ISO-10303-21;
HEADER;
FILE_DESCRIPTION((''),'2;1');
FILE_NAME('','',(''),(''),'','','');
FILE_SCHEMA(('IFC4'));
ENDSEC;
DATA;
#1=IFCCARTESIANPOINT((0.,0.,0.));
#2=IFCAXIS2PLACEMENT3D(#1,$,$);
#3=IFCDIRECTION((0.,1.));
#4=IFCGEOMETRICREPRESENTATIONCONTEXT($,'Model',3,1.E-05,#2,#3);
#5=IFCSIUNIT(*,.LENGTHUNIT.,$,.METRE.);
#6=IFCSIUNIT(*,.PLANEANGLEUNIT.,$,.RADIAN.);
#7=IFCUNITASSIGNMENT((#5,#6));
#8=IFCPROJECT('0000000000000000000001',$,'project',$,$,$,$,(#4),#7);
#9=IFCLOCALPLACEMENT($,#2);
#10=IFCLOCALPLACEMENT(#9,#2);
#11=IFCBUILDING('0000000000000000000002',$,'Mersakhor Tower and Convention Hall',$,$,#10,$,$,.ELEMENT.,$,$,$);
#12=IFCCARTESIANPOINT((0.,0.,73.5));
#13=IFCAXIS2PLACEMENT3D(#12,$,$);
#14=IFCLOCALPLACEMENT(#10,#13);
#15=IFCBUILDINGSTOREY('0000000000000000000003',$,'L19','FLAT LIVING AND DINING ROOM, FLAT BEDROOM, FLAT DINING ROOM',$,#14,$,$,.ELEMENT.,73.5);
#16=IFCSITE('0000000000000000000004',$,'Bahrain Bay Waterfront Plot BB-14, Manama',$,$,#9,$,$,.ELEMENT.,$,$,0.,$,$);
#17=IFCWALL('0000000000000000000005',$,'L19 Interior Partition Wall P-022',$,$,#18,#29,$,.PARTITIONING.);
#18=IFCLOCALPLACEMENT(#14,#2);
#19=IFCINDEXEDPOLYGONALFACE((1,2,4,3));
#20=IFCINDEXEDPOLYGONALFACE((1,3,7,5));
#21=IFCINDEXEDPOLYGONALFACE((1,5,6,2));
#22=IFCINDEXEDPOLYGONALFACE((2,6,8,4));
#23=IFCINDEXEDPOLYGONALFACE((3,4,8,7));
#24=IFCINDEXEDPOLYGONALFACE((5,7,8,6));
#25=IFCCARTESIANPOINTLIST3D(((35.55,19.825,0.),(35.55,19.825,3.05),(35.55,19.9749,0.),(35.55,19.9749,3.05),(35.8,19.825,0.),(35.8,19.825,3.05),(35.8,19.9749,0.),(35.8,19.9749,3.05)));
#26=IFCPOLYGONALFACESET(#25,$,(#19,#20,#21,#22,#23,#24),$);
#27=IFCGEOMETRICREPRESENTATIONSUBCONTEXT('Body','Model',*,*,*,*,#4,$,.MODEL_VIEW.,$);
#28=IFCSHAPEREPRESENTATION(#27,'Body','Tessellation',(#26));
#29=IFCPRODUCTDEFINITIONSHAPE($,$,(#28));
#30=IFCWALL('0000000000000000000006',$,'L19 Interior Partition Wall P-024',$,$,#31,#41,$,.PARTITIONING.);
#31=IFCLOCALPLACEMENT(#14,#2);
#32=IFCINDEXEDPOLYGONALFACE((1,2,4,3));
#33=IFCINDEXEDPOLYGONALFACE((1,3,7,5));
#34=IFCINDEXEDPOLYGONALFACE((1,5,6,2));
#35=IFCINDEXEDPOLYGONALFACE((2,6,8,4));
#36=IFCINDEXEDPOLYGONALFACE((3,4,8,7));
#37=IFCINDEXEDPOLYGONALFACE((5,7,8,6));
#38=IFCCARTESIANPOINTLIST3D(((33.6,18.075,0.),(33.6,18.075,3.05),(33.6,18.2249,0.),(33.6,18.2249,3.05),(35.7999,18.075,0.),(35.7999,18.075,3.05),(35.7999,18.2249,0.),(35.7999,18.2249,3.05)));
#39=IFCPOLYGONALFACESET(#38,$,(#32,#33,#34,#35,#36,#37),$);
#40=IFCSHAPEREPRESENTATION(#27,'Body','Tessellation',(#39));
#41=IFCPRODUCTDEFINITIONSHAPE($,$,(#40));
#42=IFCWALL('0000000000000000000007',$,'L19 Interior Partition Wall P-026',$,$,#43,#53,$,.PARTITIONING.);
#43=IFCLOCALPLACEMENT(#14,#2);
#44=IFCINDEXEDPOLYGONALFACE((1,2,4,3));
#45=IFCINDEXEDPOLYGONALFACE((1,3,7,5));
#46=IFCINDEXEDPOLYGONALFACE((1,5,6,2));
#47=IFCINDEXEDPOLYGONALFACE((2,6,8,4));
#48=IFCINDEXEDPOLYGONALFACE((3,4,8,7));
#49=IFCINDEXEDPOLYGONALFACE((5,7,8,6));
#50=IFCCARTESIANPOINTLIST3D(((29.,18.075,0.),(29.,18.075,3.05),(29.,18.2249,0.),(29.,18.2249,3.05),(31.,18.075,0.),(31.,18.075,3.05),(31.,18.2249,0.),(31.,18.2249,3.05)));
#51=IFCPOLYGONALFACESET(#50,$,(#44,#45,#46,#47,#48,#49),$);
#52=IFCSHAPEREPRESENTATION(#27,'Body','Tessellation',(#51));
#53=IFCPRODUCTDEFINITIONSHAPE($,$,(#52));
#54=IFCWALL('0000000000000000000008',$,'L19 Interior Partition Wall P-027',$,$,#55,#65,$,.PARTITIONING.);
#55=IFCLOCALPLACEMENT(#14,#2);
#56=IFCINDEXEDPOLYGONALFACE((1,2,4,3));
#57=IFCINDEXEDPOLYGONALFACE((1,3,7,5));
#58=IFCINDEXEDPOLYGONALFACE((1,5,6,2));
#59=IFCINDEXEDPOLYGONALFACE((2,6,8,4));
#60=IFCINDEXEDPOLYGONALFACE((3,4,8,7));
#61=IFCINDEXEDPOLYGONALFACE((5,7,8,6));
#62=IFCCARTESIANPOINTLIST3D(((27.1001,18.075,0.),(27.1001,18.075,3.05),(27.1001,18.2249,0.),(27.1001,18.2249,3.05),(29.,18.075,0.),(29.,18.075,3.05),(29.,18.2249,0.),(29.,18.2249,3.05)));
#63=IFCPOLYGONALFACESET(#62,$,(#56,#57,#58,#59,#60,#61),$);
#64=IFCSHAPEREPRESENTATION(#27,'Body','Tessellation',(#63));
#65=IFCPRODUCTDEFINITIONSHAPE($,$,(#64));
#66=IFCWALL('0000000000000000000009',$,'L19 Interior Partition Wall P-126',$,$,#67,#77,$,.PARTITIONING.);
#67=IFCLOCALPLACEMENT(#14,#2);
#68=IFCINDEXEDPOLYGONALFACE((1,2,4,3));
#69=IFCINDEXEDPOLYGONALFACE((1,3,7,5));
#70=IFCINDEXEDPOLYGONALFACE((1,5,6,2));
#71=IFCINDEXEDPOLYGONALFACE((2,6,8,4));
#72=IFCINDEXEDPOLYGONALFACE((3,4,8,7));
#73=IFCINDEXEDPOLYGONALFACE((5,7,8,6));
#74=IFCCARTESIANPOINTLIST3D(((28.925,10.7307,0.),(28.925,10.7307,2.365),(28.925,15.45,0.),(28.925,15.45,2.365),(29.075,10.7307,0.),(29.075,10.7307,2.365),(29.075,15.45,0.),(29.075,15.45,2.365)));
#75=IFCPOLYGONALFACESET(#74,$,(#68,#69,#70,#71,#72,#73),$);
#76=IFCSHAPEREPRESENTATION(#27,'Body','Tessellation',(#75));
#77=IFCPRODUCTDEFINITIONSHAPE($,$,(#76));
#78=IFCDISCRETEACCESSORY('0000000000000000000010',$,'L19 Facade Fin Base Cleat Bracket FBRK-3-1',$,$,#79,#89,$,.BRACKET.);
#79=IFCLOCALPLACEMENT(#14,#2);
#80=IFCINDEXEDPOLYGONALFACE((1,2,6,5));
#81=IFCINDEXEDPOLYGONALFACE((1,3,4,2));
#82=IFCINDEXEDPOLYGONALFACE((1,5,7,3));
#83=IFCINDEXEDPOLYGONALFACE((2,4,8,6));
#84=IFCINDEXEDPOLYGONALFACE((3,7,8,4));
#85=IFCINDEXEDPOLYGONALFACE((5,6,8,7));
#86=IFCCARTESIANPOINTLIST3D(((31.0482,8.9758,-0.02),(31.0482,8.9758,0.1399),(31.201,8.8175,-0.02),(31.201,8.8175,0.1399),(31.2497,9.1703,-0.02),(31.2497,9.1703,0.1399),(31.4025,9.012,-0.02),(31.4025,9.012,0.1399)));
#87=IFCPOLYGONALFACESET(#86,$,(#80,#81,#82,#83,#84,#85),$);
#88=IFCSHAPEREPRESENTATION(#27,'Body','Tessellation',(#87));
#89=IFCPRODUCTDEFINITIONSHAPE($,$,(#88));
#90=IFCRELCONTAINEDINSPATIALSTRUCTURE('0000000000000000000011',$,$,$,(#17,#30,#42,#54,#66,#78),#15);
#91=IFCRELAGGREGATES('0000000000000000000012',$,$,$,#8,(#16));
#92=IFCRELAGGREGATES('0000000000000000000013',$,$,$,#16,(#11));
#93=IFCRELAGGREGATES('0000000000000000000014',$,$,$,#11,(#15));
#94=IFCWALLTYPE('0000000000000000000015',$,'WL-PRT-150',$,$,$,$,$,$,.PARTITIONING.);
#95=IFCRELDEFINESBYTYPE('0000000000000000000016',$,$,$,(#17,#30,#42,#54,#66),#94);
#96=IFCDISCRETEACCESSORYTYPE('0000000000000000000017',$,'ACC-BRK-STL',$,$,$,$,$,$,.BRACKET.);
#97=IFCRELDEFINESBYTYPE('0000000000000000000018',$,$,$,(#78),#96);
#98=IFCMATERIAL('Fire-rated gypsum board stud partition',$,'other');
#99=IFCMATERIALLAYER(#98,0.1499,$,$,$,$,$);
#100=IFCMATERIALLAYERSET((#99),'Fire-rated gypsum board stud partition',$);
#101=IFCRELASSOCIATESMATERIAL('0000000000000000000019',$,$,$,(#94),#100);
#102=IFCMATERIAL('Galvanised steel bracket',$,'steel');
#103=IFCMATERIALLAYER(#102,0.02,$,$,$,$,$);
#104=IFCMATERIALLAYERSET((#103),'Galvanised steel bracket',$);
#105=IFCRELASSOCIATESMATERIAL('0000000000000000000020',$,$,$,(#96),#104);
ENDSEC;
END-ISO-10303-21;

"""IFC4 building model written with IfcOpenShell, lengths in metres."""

from ifc_helpers import new_model, si_unit, direction, frame, frame_2d, origin, origin_2d, place, context, subcontext, project, spatial, rectangle, extrude, material, layer, layer_set, type_object, element, save


model = new_model("IFC4")

# Units and contexts
model_context = context("Model", 3, precision=1e-05, world=origin(), true_north=direction((0.0, 1.0)))
body_context = subcontext(model_context, "Body", "Model", "MODEL_VIEW")
ifc_project = project(units=[si_unit("LENGTHUNIT", "METRE"), si_unit("PLANEANGLEUNIT", "RADIAN")], contexts=[model_context])

# Site, building, storey
site_placement = place(None, origin())
site = spatial("IfcSite", under=ifc_project, at=site_placement, Name="Bahrain Bay Waterfront Plot BB-14, Manama", CompositionType="ELEMENT", RefElevation=0.0)
building_placement = place(site_placement, origin())
building = spatial("IfcBuilding", under=site, at=building_placement, Name="Mersakhor Tower and Convention Hall", CompositionType="ELEMENT")
storey_placement = place(building_placement, frame((0.0, 0.0, 73.5)))
storey = spatial("IfcBuildingStorey", under=building, at=storey_placement, Name="L19", Description="FLAT LIVING AND DINING ROOM, FLAT BEDROOM, FLAT DINING ROOM", CompositionType="ELEMENT", Elevation=73.5)

# Walls
ifc_material_1 = material(Name="Fire-rated gypsum board stud partition", Category="other")
ifc_layer_1 = layer(ifc_material_1, 0.1499)
ifc_layer_set_1 = layer_set([ifc_layer_1], Name="Fire-rated gypsum board stud partition")
wall_type_1 = type_object("IfcWallType", Name="WL-PRT-150", PredefinedType="PARTITIONING", material=ifc_layer_set_1)
wall_1_placement = place(storey_placement, frame((35.55, 19.8999, 0.0), z_axis=(0.0, 0.0, 1.0), x_axis=(1.0, 0.0, 0.0)))
element("IfcWall", 1, at=wall_1_placement, inside=storey, type_object=wall_type_1, Name="L19 Interior Partition Wall P-022", PredefinedType="PARTITIONING", context=body_context, shape_type="SweptSolid", body=[
    extrude(rectangle(XDim=0.25, YDim=0.1499, at=frame_2d((0.125, 0.0))), origin(), (0.0, 0.0, 1.0), 3.05),
])
wall_2_placement = place(storey_placement, frame((35.8, 18.1499, 0.0), z_axis=(0.0, 0.0, 1.0), x_axis=(-1.0, 0.0, 0.0)))
element("IfcWall", 2, at=wall_2_placement, inside=storey, type_object=wall_type_1, Name="L19 Interior Partition Wall P-024", PredefinedType="PARTITIONING", context=body_context, shape_type="SweptSolid", body=[
    extrude(rectangle(XDim=2.2, YDim=0.1499, at=frame_2d((1.1001, 0.0))), origin(), (0.0, 0.0, 1.0), 3.05),
])

# Walls
wall_3_placement = place(storey_placement, frame((31.0, 18.1499, 0.0), z_axis=(0.0, 0.0, 1.0), x_axis=(-1.0, 0.0, 0.0)))
element("IfcWall", 3, at=wall_3_placement, inside=storey, type_object=wall_type_1, Name="L19 Interior Partition Wall P-026", PredefinedType="PARTITIONING", context=body_context, shape_type="SweptSolid", body=[
    extrude(rectangle(XDim=2.0, YDim=0.1499, at=frame_2d((1.0, 0.0))), origin(), (0.0, 0.0, 1.0), 3.05),
])
wall_4_placement = place(storey_placement, frame((29.0, 18.1499, 0.0), z_axis=(0.0, 0.0, 1.0), x_axis=(-1.0, 0.0, 0.0)))
element("IfcWall", 4, at=wall_4_placement, inside=storey, type_object=wall_type_1, Name="L19 Interior Partition Wall P-027", PredefinedType="PARTITIONING", context=body_context, shape_type="SweptSolid", body=[
    extrude(rectangle(XDim=1.8999, YDim=0.1499, at=frame_2d((0.95, 0.0))), origin(), (0.0, 0.0, 1.0), 3.05),
])
wall_5_placement = place(storey_placement, frame((29.0, 15.45, 0.0), z_axis=(0.0, 0.0, 1.0), x_axis=(0.0, -1.0, 0.0)))
element("IfcWall", 5, at=wall_5_placement, inside=storey, type_object=wall_type_1, Name="L19 Interior Partition Wall P-126", PredefinedType="PARTITIONING", context=body_context, shape_type="SweptSolid", body=[
    extrude(rectangle(XDim=4.7192, YDim=0.1499, at=frame_2d((2.3596, 0.0))), origin(), (0.0, 0.0, 1.0), 2.365),
])

# Discrete accessory
ifc_material_2 = material(Name="Galvanised steel bracket", Category="steel")
ifc_layer_2 = layer(ifc_material_2, 0.02)
ifc_layer_set_2 = layer_set([ifc_layer_2], Name="Galvanised steel bracket")
discrete_accessory_type = type_object("IfcDiscreteAccessoryType", Name="ACC-BRK-STL", PredefinedType="BRACKET", material=ifc_layer_set_2)
discrete_accessory_placement = place(storey_placement, frame((31.2253, 8.9939, -0.02), z_axis=(0.0, 0.0, 1.0), x_axis=(-0.71934, -0.694658, 0.0)))
element("IfcDiscreteAccessory", 6, at=discrete_accessory_placement, inside=storey, type_object=discrete_accessory_type, Name="L19 Facade Fin Base Cleat Bracket FBRK-3-1", PredefinedType="BRACKET", context=body_context, shape_type="SweptSolid", body=[
    extrude(rectangle(XDim=0.28, YDim=0.22, at=origin_2d()), origin(), (0.0, 0.0, 1.0), 0.1599),
])

save(model, "model.ifc")
